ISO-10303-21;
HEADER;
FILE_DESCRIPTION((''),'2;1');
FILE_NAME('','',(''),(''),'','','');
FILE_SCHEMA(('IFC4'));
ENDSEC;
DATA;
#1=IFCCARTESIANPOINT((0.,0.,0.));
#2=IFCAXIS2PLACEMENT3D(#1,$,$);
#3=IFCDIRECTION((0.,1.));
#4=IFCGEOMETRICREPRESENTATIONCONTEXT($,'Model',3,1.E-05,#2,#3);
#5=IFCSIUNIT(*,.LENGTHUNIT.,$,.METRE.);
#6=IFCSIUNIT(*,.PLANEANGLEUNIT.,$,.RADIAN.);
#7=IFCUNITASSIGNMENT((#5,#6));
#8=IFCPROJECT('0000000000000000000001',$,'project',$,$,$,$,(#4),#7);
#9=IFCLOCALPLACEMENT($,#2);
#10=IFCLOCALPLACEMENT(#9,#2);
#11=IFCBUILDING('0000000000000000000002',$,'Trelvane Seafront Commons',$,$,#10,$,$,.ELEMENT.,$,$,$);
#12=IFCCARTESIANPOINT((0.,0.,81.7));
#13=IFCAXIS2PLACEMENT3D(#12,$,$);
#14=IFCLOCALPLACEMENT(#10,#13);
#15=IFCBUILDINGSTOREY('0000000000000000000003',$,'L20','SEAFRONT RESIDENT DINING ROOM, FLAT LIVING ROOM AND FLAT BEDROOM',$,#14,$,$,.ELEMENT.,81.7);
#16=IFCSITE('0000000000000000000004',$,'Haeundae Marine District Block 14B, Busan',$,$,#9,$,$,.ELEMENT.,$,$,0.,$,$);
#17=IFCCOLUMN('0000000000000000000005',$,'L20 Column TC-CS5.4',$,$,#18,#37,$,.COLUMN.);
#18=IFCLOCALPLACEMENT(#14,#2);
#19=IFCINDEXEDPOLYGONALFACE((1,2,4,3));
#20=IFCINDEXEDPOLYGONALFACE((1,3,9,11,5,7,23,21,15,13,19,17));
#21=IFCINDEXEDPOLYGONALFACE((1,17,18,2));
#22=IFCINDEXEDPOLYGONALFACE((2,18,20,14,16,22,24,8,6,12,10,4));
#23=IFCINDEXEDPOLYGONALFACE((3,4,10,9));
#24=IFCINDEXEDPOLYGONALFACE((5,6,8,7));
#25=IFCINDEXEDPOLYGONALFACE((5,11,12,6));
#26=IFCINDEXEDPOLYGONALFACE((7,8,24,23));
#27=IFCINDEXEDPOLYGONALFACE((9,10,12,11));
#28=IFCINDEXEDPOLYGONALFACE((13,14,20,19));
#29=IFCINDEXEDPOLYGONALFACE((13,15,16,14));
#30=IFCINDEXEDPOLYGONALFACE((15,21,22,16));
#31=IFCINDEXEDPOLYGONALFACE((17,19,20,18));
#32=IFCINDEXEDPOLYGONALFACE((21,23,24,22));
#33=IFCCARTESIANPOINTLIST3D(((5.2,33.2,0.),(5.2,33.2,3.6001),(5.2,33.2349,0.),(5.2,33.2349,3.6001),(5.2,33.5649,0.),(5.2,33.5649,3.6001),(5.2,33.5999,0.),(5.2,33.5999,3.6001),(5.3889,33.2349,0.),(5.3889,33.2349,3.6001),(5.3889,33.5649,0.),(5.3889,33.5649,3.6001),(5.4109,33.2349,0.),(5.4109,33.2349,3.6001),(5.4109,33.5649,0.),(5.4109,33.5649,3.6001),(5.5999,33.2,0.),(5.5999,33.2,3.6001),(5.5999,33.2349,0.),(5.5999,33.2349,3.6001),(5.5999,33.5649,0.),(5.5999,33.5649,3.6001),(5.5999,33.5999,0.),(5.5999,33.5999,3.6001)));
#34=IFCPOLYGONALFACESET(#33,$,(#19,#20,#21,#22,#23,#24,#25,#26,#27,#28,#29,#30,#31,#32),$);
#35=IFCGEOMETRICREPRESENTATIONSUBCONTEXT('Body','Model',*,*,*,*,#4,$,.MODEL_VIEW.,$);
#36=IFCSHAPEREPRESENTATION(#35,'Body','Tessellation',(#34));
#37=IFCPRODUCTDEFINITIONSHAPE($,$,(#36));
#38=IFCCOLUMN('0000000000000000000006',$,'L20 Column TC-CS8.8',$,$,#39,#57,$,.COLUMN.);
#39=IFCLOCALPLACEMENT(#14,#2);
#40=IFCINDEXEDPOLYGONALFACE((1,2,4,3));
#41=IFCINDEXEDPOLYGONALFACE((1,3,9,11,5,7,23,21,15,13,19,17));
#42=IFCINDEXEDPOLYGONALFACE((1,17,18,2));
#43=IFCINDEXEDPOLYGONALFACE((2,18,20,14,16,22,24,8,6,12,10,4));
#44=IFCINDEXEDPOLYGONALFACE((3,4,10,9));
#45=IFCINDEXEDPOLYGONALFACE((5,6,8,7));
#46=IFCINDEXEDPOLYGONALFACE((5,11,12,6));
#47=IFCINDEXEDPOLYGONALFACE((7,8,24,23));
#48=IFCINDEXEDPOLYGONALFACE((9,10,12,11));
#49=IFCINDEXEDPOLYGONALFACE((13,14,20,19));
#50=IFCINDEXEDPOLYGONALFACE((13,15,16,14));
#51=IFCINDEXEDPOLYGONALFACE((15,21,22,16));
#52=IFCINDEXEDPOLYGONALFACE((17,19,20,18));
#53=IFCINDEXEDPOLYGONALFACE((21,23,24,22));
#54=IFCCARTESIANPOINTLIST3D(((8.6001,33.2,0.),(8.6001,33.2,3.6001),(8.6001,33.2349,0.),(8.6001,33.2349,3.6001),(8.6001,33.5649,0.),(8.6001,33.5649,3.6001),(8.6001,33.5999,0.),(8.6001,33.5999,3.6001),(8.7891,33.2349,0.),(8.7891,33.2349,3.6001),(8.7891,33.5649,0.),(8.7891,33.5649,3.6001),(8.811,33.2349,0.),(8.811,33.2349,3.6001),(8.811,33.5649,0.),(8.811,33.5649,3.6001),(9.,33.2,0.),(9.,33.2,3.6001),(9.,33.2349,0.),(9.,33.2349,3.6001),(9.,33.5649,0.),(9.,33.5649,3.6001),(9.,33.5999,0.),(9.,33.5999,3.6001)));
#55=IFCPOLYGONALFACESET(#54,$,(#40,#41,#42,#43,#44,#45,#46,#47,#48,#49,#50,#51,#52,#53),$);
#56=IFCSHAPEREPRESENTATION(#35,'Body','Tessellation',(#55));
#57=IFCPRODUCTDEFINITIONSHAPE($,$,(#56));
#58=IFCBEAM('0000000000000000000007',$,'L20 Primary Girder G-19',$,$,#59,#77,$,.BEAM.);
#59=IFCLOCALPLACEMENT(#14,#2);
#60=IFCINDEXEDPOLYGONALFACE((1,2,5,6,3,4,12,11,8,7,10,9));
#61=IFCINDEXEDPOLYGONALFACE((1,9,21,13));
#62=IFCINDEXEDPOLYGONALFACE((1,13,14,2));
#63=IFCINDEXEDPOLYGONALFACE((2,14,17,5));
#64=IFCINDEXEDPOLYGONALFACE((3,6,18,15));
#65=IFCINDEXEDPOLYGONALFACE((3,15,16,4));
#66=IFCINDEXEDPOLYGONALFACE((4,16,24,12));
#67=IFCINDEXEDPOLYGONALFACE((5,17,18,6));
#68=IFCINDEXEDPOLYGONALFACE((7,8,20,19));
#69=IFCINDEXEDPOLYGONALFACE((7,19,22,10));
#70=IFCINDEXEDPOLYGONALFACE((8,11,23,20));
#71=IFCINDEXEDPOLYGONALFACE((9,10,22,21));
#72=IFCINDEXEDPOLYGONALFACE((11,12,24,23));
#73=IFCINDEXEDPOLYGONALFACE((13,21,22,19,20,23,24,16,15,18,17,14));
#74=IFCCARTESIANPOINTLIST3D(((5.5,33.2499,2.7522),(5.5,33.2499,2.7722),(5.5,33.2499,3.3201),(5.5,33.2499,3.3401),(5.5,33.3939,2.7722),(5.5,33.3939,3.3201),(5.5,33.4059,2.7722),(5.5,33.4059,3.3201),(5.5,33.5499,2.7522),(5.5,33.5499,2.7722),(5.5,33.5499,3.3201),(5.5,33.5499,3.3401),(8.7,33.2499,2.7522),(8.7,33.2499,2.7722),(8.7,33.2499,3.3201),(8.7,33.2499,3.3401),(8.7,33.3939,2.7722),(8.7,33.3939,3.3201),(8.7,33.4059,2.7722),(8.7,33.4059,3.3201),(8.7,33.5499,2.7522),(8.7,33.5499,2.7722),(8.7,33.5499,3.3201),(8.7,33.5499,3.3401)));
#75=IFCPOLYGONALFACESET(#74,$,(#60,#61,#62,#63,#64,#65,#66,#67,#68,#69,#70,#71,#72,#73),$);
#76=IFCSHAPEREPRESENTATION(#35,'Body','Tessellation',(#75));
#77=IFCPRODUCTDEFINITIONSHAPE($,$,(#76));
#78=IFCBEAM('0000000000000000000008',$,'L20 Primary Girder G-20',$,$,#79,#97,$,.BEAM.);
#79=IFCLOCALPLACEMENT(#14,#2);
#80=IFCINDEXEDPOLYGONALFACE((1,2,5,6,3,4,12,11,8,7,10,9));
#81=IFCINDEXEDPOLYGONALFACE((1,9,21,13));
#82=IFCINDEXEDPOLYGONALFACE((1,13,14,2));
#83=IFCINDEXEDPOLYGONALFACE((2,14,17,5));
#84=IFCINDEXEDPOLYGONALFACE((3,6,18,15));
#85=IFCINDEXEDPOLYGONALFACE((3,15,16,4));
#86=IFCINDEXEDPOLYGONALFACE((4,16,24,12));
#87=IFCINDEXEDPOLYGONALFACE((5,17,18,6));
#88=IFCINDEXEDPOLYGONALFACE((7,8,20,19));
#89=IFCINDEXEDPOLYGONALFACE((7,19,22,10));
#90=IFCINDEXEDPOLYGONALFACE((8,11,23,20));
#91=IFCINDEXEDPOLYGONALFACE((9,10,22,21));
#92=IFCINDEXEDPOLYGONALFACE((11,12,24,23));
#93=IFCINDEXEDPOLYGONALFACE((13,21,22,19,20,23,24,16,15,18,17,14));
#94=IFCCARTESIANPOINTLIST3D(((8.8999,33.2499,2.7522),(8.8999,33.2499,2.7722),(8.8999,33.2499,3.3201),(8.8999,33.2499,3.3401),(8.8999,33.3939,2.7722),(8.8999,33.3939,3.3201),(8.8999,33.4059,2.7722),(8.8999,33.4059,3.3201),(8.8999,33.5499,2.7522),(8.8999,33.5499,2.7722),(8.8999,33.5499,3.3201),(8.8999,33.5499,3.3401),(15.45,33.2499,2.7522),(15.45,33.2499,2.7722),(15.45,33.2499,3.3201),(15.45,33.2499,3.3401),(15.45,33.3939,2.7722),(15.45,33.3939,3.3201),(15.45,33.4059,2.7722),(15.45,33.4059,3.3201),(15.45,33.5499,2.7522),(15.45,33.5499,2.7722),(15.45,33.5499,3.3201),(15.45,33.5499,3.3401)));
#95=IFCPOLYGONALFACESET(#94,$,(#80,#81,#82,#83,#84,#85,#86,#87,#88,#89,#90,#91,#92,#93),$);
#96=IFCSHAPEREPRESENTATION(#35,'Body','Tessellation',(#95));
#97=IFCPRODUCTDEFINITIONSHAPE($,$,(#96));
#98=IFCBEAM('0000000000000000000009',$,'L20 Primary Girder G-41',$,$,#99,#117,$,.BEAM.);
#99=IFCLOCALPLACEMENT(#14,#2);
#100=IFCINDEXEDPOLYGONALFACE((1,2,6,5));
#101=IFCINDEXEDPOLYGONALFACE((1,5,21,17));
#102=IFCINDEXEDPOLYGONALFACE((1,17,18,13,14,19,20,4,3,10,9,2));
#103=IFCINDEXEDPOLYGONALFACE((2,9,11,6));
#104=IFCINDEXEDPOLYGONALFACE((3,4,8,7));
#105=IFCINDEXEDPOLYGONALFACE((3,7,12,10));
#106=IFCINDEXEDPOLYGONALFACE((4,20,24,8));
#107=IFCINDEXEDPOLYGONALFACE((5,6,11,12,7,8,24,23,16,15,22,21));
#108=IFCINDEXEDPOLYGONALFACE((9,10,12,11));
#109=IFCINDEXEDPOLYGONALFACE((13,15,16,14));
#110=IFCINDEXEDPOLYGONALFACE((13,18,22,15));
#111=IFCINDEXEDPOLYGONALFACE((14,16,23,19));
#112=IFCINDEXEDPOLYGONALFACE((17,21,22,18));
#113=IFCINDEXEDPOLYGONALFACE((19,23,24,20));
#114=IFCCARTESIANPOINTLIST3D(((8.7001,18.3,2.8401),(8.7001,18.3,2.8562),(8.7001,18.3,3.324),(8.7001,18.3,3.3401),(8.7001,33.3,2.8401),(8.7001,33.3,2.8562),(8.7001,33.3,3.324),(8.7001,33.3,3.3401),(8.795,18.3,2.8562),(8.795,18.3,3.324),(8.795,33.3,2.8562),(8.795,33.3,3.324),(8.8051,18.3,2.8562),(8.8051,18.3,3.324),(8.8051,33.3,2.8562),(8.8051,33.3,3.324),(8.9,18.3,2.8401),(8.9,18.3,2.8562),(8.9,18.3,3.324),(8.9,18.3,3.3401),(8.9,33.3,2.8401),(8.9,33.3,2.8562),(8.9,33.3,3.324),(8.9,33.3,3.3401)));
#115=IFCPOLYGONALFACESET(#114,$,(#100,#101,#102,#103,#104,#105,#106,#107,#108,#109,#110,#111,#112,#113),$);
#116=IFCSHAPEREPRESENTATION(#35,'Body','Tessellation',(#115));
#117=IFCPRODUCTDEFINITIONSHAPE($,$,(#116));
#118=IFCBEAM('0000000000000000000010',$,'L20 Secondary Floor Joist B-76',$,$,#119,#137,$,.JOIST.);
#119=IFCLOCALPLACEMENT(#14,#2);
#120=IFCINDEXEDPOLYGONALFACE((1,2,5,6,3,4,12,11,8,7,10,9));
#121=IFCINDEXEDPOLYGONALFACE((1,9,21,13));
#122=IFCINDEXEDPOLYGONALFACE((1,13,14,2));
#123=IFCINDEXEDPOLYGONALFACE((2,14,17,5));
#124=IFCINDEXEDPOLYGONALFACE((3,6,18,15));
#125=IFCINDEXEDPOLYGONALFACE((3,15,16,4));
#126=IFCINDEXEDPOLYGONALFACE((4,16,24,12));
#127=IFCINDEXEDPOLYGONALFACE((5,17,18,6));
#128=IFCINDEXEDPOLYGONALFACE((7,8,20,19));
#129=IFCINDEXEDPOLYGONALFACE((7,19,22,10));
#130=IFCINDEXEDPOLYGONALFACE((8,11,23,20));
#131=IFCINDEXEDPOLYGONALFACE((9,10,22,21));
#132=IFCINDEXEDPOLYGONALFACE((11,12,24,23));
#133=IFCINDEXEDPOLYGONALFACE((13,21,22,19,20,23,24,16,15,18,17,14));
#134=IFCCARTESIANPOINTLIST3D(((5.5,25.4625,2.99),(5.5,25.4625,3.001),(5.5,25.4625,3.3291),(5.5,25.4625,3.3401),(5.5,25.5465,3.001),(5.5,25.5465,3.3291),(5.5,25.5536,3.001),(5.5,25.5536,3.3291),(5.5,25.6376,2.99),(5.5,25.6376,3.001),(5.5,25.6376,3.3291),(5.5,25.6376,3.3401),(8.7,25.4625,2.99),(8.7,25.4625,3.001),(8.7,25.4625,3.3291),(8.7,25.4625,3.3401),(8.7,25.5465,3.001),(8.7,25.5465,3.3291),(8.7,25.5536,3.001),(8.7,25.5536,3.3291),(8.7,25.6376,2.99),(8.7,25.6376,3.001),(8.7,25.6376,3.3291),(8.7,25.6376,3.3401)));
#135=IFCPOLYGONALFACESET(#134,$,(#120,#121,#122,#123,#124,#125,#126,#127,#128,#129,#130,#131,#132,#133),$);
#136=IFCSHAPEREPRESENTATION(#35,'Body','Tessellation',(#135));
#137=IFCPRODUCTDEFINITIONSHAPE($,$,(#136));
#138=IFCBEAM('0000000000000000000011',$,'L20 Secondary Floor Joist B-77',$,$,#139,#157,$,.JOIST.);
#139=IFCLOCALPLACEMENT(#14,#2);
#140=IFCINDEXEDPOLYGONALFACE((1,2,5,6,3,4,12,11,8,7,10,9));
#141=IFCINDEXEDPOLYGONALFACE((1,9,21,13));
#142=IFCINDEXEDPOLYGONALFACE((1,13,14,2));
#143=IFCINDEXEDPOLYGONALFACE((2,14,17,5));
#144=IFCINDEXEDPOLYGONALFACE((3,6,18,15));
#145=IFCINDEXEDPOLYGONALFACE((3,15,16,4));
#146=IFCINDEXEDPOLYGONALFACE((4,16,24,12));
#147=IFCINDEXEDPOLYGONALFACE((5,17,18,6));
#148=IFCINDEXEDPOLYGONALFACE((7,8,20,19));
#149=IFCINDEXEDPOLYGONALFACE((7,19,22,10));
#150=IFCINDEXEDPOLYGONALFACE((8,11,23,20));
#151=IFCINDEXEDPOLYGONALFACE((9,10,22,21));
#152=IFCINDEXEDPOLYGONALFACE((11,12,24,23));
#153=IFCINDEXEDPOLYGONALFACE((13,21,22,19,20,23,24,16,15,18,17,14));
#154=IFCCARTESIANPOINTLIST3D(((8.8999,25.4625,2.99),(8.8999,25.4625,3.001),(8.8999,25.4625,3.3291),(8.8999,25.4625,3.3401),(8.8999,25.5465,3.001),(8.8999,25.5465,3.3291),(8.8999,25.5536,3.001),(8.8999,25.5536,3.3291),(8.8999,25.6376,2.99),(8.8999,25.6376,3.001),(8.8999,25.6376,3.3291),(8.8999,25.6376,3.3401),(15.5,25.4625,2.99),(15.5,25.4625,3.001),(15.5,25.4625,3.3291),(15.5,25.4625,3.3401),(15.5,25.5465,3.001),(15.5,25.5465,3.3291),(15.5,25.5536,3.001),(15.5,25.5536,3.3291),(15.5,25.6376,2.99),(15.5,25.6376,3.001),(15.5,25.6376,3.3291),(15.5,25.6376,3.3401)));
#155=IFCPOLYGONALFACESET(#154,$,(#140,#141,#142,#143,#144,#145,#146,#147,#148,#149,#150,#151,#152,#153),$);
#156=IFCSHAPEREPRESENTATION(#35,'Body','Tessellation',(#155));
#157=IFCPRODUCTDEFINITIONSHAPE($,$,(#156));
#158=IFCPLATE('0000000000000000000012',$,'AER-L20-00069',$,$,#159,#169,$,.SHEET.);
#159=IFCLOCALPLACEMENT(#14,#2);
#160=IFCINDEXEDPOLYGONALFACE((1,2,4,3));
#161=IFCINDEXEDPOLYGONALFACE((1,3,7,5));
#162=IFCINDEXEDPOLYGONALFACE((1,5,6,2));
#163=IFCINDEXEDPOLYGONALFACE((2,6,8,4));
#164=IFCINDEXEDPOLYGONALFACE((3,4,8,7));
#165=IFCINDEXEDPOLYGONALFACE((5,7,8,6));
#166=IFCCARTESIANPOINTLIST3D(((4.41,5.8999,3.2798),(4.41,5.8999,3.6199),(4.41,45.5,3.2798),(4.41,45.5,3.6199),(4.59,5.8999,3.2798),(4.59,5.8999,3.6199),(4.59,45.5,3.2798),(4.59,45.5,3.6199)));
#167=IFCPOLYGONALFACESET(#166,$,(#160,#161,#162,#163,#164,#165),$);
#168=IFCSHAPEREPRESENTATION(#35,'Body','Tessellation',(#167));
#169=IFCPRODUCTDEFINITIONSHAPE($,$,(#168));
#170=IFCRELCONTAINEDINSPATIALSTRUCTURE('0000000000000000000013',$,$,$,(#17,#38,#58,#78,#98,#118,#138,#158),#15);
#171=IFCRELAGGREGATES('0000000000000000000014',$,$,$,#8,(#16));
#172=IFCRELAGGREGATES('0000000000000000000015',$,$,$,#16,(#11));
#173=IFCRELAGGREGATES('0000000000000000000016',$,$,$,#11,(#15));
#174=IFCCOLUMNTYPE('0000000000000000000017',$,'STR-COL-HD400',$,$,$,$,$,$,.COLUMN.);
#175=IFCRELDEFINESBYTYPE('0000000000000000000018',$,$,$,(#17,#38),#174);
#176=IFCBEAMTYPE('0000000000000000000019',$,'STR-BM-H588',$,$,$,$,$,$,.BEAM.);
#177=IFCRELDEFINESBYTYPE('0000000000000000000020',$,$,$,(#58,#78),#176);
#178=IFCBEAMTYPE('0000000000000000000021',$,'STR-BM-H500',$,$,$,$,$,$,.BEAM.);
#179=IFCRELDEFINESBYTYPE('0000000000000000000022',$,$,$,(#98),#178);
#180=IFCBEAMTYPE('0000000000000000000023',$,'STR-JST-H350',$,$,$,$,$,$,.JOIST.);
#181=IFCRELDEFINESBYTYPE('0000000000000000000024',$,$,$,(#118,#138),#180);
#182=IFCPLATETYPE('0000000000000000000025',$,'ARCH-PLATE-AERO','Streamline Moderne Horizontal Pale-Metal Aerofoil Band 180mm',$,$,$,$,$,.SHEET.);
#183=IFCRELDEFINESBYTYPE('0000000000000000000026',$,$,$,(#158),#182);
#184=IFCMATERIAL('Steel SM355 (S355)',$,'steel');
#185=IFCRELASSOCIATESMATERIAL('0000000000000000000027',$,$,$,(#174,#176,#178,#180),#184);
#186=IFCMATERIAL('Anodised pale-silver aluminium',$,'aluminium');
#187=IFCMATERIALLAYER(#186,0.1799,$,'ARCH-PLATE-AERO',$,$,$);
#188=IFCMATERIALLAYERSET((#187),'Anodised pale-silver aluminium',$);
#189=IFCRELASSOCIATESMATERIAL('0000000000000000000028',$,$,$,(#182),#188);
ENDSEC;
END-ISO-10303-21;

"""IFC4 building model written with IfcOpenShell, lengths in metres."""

from ifc_helpers import new_model, si_unit, direction, frame, origin, origin_2d, place, context, subcontext, project, spatial, rectangle, i_section, extrude, source, transform, mapped, material, layer, layer_set, material_profile, profile_set, type_object, element, save


model = new_model("IFC4")

# Units and contexts
model_context = context("Model", 3, precision=1e-05, world=origin(), true_north=direction((0.0, 1.0)))
body_context = subcontext(model_context, "Body", "Model", "MODEL_VIEW")
ifc_project = project(units=[si_unit("LENGTHUNIT", "METRE"), si_unit("PLANEANGLEUNIT", "RADIAN")], contexts=[model_context])

# Site, building, storey
site_placement = place(None, origin())
site = spatial("IfcSite", under=ifc_project, at=site_placement, Name="Haeundae Marine District Block 14B, Busan", CompositionType="ELEMENT", RefElevation=0.0)
building_placement = place(site_placement, origin())
building = spatial("IfcBuilding", under=site, at=building_placement, Name="Trelvane Seafront Commons", CompositionType="ELEMENT")
storey_placement = place(building_placement, frame((0.0, 0.0, 81.7)))
storey = spatial("IfcBuildingStorey", under=building, at=storey_placement, Name="L20", Description="SEAFRONT RESIDENT DINING ROOM, FLAT LIVING ROOM AND FLAT BEDROOM", CompositionType="ELEMENT", Elevation=81.7)

# Columns
ifc_material_1 = material(Name="Steel SM355 (S355)", Category="steel")
ifc_material_profile_1 = material_profile(ifc_material_1, i_section(OverallWidth=0.3999, OverallDepth=0.3999, WebThickness=0.022, FlangeThickness=0.0349, at=origin_2d()), Name="HD-400x400x22x35")
ifc_profile_set_1 = profile_set([ifc_material_profile_1], Name="Steel SM355 (S355)")
column_type = type_object("IfcColumnType", Name="STR-COL-HD400", PredefinedType="COLUMN", material=ifc_profile_set_1)
shared_shape_1 = source(origin(), body_context, "Body", "SweptSolid", [
    extrude(i_section(OverallWidth=0.3999, OverallDepth=0.3999, WebThickness=0.022, FlangeThickness=0.0349, at=origin_2d()), origin(), (0.0, 0.0, 1.0), 3.6001),
])
for number, where, z_axis, x_axis, name in (
    (1, (5.3999, 33.3999, 0.0), (0.0, 0.0, 1.0), (1.0, 0.0, 0.0), "L20 Column TC-CS5.4"),
    (2, (8.8, 33.3999, 0.0), (0.0, 0.0, 1.0), (1.0, 0.0, 0.0), "L20 Column TC-CS8.8"),
):
    element("IfcColumn", number, at=place(storey_placement, frame(where, z_axis=z_axis, x_axis=x_axis)), inside=storey, type_object=column_type, Name=name, PredefinedType="COLUMN", context=body_context, shape_type="MappedRepresentation", body=[
        mapped(shared_shape_1, transform((0.0, 0.0, 0.0), x_axis=(1.0, 0.0, 0.0), y_axis=(0.0, 1.0, 0.0), z_axis=(0.0, 0.0, 1.0), scale=1.0)),
    ])

# Beams
ifc_material_profile_2 = material_profile(ifc_material_1, i_section(OverallWidth=0.3, OverallDepth=0.5879, WebThickness=0.012, FlangeThickness=0.02, at=origin_2d()), Name="H-588x300x12x20")
ifc_profile_set_2 = profile_set([ifc_material_profile_2], Name="Steel SM355 (S355)")
beam_type_1 = type_object("IfcBeamType", Name="STR-BM-H588", PredefinedType="BEAM", material=ifc_profile_set_2)
shared_shape_2 = source(origin(), body_context, "Body", "SweptSolid", [
    extrude(i_section(OverallWidth=0.3, OverallDepth=0.5879, WebThickness=0.012, FlangeThickness=0.02, at=origin_2d()), origin(), (0.0, 0.0, 1.0), 3.2),
])
beam_1_placement = place(storey_placement, frame((5.5, 33.3999, 3.0461), z_axis=(1.0, 0.0, 0.0), x_axis=(0.0, 1.0, 0.0)))
element("IfcBeam", 3, at=beam_1_placement, inside=storey, type_object=beam_type_1, Name="L20 Primary Girder G-19", PredefinedType="BEAM", context=body_context, shape_type="MappedRepresentation", body=[
    mapped(shared_shape_2, transform((0.0, 0.0, 0.0), x_axis=(1.0, 0.0, 0.0), y_axis=(0.0, 1.0, 0.0), z_axis=(0.0, 0.0, 1.0), scale=1.0)),
])
shared_shape_3 = source(origin(), body_context, "Body", "SweptSolid", [
    extrude(i_section(OverallWidth=0.3, OverallDepth=0.5879, WebThickness=0.012, FlangeThickness=0.02, at=origin_2d()), origin(), (0.0, 0.0, 1.0), 6.55),
])
beam_2_placement = place(storey_placement, frame((8.8999, 33.3999, 3.0461), z_axis=(1.0, 0.0, 0.0), x_axis=(0.0, 1.0, 0.0)))
element("IfcBeam", 4, at=beam_2_placement, inside=storey, type_object=beam_type_1, Name="L20 Primary Girder G-20", PredefinedType="BEAM", context=body_context, shape_type="MappedRepresentation", body=[
    mapped(shared_shape_3, transform((0.0, 0.0, 0.0), x_axis=(1.0, 0.0, 0.0), y_axis=(0.0, 1.0, 0.0), z_axis=(0.0, 0.0, 1.0), scale=1.0)),
])
ifc_material_profile_3 = material_profile(ifc_material_1, i_section(OverallWidth=0.2, OverallDepth=0.5, WebThickness=0.01, FlangeThickness=0.0161, at=origin_2d()), Name="H-500x200x10x16")
ifc_profile_set_3 = profile_set([ifc_material_profile_3], Name="Steel SM355 (S355)")
beam_type_2 = type_object("IfcBeamType", Name="STR-BM-H500", PredefinedType="BEAM", material=ifc_profile_set_3)
shared_shape_4 = source(origin(), body_context, "Body", "SweptSolid", [
    extrude(i_section(OverallWidth=0.2, OverallDepth=0.5, WebThickness=0.01, FlangeThickness=0.0161, at=origin_2d()), origin(), (0.0, 0.0, 1.0), 15.0),
])
beam_3_placement = place(storey_placement, frame((8.8, 18.3, 3.0901), z_axis=(0.0, 1.0, 0.0), x_axis=(-1.0, 0.0, 0.0)))
element("IfcBeam", 5, at=beam_3_placement, inside=storey, type_object=beam_type_2, Name="L20 Primary Girder G-41", PredefinedType="BEAM", context=body_context, shape_type="MappedRepresentation", body=[
    mapped(shared_shape_4, transform((0.0, 0.0, 0.0), x_axis=(1.0, 0.0, 0.0), y_axis=(0.0, 1.0, 0.0), z_axis=(0.0, 0.0, 1.0), scale=1.0)),
])
ifc_material_profile_4 = material_profile(ifc_material_1, i_section(OverallWidth=0.175, OverallDepth=0.3501, WebThickness=0.0071, FlangeThickness=0.011, at=origin_2d()), Name="H-350x175x7x11")
ifc_profile_set_4 = profile_set([ifc_material_profile_4], Name="Steel SM355 (S355)")
beam_type_3 = type_object("IfcBeamType", Name="STR-JST-H350", PredefinedType="JOIST", material=ifc_profile_set_4)
shared_shape_5 = source(origin(), body_context, "Body", "SweptSolid", [
    extrude(i_section(OverallWidth=0.175, OverallDepth=0.3501, WebThickness=0.0071, FlangeThickness=0.011, at=origin_2d()), origin(), (0.0, 0.0, 1.0), 3.2),
])
beam_4_placement = place(storey_placement, frame((5.5, 25.55, 3.165), z_axis=(1.0, 0.0, 0.0), x_axis=(0.0, 1.0, 0.0)))
element("IfcBeam", 6, at=beam_4_placement, inside=storey, type_object=beam_type_3, Name="L20 Secondary Floor Joist B-76", PredefinedType="JOIST", context=body_context, shape_type="MappedRepresentation", body=[
    mapped(shared_shape_5, transform((0.0, 0.0, 0.0), x_axis=(1.0, 0.0, 0.0), y_axis=(0.0, 1.0, 0.0), z_axis=(0.0, 0.0, 1.0), scale=1.0)),
])
shared_shape_6 = source(origin(), body_context, "Body", "SweptSolid", [
    extrude(i_section(OverallWidth=0.175, OverallDepth=0.3501, WebThickness=0.0071, FlangeThickness=0.011, at=origin_2d()), origin(), (0.0, 0.0, 1.0), 6.6001),
])
beam_5_placement = place(storey_placement, frame((8.8999, 25.55, 3.165), z_axis=(1.0, 0.0, 0.0), x_axis=(0.0, 1.0, 0.0)))
element("IfcBeam", 7, at=beam_5_placement, inside=storey, type_object=beam_type_3, Name="L20 Secondary Floor Joist B-77", PredefinedType="JOIST", context=body_context, shape_type="MappedRepresentation", body=[
    mapped(shared_shape_6, transform((0.0, 0.0, 0.0), x_axis=(1.0, 0.0, 0.0), y_axis=(0.0, 1.0, 0.0), z_axis=(0.0, 0.0, 1.0), scale=1.0)),
])

# Plate
ifc_material_2 = material(Name="Anodised pale-silver aluminium", Category="aluminium")
ifc_layer_1 = layer(ifc_material_2, 0.1799, Name="ARCH-PLATE-AERO")
ifc_layer_set_1 = layer_set([ifc_layer_1], Name="Anodised pale-silver aluminium")
plate_type = type_object("IfcPlateType", Name="ARCH-PLATE-AERO", Description="Streamline Moderne Horizontal Pale-Metal Aerofoil Band 180mm", PredefinedType="SHEET", material=ifc_layer_set_1)
shared_shape_7 = source(origin(), body_context, "Body", "SweptSolid", [
    extrude(rectangle(XDim=39.6001, YDim=0.1799, at=origin_2d()), origin(), (0.0, 0.0, 1.0), 0.3401),
])
plate_placement = place(storey_placement, frame((4.5, 25.7, 3.2798), z_axis=(0.0, 0.0, 1.0), x_axis=(0.0, 1.0, 0.0)))
element("IfcPlate", 8, at=plate_placement, inside=storey, type_object=plate_type, Name="AER-L20-00069", PredefinedType="SHEET", context=body_context, shape_type="MappedRepresentation", body=[
    mapped(shared_shape_7, transform((0.0, 0.0, 0.0), x_axis=(1.0, 0.0, 0.0), y_axis=(0.0, 1.0, 0.0), z_axis=(0.0, 0.0, 1.0), scale=1.0)),
])

save(model, "model.ifc")
